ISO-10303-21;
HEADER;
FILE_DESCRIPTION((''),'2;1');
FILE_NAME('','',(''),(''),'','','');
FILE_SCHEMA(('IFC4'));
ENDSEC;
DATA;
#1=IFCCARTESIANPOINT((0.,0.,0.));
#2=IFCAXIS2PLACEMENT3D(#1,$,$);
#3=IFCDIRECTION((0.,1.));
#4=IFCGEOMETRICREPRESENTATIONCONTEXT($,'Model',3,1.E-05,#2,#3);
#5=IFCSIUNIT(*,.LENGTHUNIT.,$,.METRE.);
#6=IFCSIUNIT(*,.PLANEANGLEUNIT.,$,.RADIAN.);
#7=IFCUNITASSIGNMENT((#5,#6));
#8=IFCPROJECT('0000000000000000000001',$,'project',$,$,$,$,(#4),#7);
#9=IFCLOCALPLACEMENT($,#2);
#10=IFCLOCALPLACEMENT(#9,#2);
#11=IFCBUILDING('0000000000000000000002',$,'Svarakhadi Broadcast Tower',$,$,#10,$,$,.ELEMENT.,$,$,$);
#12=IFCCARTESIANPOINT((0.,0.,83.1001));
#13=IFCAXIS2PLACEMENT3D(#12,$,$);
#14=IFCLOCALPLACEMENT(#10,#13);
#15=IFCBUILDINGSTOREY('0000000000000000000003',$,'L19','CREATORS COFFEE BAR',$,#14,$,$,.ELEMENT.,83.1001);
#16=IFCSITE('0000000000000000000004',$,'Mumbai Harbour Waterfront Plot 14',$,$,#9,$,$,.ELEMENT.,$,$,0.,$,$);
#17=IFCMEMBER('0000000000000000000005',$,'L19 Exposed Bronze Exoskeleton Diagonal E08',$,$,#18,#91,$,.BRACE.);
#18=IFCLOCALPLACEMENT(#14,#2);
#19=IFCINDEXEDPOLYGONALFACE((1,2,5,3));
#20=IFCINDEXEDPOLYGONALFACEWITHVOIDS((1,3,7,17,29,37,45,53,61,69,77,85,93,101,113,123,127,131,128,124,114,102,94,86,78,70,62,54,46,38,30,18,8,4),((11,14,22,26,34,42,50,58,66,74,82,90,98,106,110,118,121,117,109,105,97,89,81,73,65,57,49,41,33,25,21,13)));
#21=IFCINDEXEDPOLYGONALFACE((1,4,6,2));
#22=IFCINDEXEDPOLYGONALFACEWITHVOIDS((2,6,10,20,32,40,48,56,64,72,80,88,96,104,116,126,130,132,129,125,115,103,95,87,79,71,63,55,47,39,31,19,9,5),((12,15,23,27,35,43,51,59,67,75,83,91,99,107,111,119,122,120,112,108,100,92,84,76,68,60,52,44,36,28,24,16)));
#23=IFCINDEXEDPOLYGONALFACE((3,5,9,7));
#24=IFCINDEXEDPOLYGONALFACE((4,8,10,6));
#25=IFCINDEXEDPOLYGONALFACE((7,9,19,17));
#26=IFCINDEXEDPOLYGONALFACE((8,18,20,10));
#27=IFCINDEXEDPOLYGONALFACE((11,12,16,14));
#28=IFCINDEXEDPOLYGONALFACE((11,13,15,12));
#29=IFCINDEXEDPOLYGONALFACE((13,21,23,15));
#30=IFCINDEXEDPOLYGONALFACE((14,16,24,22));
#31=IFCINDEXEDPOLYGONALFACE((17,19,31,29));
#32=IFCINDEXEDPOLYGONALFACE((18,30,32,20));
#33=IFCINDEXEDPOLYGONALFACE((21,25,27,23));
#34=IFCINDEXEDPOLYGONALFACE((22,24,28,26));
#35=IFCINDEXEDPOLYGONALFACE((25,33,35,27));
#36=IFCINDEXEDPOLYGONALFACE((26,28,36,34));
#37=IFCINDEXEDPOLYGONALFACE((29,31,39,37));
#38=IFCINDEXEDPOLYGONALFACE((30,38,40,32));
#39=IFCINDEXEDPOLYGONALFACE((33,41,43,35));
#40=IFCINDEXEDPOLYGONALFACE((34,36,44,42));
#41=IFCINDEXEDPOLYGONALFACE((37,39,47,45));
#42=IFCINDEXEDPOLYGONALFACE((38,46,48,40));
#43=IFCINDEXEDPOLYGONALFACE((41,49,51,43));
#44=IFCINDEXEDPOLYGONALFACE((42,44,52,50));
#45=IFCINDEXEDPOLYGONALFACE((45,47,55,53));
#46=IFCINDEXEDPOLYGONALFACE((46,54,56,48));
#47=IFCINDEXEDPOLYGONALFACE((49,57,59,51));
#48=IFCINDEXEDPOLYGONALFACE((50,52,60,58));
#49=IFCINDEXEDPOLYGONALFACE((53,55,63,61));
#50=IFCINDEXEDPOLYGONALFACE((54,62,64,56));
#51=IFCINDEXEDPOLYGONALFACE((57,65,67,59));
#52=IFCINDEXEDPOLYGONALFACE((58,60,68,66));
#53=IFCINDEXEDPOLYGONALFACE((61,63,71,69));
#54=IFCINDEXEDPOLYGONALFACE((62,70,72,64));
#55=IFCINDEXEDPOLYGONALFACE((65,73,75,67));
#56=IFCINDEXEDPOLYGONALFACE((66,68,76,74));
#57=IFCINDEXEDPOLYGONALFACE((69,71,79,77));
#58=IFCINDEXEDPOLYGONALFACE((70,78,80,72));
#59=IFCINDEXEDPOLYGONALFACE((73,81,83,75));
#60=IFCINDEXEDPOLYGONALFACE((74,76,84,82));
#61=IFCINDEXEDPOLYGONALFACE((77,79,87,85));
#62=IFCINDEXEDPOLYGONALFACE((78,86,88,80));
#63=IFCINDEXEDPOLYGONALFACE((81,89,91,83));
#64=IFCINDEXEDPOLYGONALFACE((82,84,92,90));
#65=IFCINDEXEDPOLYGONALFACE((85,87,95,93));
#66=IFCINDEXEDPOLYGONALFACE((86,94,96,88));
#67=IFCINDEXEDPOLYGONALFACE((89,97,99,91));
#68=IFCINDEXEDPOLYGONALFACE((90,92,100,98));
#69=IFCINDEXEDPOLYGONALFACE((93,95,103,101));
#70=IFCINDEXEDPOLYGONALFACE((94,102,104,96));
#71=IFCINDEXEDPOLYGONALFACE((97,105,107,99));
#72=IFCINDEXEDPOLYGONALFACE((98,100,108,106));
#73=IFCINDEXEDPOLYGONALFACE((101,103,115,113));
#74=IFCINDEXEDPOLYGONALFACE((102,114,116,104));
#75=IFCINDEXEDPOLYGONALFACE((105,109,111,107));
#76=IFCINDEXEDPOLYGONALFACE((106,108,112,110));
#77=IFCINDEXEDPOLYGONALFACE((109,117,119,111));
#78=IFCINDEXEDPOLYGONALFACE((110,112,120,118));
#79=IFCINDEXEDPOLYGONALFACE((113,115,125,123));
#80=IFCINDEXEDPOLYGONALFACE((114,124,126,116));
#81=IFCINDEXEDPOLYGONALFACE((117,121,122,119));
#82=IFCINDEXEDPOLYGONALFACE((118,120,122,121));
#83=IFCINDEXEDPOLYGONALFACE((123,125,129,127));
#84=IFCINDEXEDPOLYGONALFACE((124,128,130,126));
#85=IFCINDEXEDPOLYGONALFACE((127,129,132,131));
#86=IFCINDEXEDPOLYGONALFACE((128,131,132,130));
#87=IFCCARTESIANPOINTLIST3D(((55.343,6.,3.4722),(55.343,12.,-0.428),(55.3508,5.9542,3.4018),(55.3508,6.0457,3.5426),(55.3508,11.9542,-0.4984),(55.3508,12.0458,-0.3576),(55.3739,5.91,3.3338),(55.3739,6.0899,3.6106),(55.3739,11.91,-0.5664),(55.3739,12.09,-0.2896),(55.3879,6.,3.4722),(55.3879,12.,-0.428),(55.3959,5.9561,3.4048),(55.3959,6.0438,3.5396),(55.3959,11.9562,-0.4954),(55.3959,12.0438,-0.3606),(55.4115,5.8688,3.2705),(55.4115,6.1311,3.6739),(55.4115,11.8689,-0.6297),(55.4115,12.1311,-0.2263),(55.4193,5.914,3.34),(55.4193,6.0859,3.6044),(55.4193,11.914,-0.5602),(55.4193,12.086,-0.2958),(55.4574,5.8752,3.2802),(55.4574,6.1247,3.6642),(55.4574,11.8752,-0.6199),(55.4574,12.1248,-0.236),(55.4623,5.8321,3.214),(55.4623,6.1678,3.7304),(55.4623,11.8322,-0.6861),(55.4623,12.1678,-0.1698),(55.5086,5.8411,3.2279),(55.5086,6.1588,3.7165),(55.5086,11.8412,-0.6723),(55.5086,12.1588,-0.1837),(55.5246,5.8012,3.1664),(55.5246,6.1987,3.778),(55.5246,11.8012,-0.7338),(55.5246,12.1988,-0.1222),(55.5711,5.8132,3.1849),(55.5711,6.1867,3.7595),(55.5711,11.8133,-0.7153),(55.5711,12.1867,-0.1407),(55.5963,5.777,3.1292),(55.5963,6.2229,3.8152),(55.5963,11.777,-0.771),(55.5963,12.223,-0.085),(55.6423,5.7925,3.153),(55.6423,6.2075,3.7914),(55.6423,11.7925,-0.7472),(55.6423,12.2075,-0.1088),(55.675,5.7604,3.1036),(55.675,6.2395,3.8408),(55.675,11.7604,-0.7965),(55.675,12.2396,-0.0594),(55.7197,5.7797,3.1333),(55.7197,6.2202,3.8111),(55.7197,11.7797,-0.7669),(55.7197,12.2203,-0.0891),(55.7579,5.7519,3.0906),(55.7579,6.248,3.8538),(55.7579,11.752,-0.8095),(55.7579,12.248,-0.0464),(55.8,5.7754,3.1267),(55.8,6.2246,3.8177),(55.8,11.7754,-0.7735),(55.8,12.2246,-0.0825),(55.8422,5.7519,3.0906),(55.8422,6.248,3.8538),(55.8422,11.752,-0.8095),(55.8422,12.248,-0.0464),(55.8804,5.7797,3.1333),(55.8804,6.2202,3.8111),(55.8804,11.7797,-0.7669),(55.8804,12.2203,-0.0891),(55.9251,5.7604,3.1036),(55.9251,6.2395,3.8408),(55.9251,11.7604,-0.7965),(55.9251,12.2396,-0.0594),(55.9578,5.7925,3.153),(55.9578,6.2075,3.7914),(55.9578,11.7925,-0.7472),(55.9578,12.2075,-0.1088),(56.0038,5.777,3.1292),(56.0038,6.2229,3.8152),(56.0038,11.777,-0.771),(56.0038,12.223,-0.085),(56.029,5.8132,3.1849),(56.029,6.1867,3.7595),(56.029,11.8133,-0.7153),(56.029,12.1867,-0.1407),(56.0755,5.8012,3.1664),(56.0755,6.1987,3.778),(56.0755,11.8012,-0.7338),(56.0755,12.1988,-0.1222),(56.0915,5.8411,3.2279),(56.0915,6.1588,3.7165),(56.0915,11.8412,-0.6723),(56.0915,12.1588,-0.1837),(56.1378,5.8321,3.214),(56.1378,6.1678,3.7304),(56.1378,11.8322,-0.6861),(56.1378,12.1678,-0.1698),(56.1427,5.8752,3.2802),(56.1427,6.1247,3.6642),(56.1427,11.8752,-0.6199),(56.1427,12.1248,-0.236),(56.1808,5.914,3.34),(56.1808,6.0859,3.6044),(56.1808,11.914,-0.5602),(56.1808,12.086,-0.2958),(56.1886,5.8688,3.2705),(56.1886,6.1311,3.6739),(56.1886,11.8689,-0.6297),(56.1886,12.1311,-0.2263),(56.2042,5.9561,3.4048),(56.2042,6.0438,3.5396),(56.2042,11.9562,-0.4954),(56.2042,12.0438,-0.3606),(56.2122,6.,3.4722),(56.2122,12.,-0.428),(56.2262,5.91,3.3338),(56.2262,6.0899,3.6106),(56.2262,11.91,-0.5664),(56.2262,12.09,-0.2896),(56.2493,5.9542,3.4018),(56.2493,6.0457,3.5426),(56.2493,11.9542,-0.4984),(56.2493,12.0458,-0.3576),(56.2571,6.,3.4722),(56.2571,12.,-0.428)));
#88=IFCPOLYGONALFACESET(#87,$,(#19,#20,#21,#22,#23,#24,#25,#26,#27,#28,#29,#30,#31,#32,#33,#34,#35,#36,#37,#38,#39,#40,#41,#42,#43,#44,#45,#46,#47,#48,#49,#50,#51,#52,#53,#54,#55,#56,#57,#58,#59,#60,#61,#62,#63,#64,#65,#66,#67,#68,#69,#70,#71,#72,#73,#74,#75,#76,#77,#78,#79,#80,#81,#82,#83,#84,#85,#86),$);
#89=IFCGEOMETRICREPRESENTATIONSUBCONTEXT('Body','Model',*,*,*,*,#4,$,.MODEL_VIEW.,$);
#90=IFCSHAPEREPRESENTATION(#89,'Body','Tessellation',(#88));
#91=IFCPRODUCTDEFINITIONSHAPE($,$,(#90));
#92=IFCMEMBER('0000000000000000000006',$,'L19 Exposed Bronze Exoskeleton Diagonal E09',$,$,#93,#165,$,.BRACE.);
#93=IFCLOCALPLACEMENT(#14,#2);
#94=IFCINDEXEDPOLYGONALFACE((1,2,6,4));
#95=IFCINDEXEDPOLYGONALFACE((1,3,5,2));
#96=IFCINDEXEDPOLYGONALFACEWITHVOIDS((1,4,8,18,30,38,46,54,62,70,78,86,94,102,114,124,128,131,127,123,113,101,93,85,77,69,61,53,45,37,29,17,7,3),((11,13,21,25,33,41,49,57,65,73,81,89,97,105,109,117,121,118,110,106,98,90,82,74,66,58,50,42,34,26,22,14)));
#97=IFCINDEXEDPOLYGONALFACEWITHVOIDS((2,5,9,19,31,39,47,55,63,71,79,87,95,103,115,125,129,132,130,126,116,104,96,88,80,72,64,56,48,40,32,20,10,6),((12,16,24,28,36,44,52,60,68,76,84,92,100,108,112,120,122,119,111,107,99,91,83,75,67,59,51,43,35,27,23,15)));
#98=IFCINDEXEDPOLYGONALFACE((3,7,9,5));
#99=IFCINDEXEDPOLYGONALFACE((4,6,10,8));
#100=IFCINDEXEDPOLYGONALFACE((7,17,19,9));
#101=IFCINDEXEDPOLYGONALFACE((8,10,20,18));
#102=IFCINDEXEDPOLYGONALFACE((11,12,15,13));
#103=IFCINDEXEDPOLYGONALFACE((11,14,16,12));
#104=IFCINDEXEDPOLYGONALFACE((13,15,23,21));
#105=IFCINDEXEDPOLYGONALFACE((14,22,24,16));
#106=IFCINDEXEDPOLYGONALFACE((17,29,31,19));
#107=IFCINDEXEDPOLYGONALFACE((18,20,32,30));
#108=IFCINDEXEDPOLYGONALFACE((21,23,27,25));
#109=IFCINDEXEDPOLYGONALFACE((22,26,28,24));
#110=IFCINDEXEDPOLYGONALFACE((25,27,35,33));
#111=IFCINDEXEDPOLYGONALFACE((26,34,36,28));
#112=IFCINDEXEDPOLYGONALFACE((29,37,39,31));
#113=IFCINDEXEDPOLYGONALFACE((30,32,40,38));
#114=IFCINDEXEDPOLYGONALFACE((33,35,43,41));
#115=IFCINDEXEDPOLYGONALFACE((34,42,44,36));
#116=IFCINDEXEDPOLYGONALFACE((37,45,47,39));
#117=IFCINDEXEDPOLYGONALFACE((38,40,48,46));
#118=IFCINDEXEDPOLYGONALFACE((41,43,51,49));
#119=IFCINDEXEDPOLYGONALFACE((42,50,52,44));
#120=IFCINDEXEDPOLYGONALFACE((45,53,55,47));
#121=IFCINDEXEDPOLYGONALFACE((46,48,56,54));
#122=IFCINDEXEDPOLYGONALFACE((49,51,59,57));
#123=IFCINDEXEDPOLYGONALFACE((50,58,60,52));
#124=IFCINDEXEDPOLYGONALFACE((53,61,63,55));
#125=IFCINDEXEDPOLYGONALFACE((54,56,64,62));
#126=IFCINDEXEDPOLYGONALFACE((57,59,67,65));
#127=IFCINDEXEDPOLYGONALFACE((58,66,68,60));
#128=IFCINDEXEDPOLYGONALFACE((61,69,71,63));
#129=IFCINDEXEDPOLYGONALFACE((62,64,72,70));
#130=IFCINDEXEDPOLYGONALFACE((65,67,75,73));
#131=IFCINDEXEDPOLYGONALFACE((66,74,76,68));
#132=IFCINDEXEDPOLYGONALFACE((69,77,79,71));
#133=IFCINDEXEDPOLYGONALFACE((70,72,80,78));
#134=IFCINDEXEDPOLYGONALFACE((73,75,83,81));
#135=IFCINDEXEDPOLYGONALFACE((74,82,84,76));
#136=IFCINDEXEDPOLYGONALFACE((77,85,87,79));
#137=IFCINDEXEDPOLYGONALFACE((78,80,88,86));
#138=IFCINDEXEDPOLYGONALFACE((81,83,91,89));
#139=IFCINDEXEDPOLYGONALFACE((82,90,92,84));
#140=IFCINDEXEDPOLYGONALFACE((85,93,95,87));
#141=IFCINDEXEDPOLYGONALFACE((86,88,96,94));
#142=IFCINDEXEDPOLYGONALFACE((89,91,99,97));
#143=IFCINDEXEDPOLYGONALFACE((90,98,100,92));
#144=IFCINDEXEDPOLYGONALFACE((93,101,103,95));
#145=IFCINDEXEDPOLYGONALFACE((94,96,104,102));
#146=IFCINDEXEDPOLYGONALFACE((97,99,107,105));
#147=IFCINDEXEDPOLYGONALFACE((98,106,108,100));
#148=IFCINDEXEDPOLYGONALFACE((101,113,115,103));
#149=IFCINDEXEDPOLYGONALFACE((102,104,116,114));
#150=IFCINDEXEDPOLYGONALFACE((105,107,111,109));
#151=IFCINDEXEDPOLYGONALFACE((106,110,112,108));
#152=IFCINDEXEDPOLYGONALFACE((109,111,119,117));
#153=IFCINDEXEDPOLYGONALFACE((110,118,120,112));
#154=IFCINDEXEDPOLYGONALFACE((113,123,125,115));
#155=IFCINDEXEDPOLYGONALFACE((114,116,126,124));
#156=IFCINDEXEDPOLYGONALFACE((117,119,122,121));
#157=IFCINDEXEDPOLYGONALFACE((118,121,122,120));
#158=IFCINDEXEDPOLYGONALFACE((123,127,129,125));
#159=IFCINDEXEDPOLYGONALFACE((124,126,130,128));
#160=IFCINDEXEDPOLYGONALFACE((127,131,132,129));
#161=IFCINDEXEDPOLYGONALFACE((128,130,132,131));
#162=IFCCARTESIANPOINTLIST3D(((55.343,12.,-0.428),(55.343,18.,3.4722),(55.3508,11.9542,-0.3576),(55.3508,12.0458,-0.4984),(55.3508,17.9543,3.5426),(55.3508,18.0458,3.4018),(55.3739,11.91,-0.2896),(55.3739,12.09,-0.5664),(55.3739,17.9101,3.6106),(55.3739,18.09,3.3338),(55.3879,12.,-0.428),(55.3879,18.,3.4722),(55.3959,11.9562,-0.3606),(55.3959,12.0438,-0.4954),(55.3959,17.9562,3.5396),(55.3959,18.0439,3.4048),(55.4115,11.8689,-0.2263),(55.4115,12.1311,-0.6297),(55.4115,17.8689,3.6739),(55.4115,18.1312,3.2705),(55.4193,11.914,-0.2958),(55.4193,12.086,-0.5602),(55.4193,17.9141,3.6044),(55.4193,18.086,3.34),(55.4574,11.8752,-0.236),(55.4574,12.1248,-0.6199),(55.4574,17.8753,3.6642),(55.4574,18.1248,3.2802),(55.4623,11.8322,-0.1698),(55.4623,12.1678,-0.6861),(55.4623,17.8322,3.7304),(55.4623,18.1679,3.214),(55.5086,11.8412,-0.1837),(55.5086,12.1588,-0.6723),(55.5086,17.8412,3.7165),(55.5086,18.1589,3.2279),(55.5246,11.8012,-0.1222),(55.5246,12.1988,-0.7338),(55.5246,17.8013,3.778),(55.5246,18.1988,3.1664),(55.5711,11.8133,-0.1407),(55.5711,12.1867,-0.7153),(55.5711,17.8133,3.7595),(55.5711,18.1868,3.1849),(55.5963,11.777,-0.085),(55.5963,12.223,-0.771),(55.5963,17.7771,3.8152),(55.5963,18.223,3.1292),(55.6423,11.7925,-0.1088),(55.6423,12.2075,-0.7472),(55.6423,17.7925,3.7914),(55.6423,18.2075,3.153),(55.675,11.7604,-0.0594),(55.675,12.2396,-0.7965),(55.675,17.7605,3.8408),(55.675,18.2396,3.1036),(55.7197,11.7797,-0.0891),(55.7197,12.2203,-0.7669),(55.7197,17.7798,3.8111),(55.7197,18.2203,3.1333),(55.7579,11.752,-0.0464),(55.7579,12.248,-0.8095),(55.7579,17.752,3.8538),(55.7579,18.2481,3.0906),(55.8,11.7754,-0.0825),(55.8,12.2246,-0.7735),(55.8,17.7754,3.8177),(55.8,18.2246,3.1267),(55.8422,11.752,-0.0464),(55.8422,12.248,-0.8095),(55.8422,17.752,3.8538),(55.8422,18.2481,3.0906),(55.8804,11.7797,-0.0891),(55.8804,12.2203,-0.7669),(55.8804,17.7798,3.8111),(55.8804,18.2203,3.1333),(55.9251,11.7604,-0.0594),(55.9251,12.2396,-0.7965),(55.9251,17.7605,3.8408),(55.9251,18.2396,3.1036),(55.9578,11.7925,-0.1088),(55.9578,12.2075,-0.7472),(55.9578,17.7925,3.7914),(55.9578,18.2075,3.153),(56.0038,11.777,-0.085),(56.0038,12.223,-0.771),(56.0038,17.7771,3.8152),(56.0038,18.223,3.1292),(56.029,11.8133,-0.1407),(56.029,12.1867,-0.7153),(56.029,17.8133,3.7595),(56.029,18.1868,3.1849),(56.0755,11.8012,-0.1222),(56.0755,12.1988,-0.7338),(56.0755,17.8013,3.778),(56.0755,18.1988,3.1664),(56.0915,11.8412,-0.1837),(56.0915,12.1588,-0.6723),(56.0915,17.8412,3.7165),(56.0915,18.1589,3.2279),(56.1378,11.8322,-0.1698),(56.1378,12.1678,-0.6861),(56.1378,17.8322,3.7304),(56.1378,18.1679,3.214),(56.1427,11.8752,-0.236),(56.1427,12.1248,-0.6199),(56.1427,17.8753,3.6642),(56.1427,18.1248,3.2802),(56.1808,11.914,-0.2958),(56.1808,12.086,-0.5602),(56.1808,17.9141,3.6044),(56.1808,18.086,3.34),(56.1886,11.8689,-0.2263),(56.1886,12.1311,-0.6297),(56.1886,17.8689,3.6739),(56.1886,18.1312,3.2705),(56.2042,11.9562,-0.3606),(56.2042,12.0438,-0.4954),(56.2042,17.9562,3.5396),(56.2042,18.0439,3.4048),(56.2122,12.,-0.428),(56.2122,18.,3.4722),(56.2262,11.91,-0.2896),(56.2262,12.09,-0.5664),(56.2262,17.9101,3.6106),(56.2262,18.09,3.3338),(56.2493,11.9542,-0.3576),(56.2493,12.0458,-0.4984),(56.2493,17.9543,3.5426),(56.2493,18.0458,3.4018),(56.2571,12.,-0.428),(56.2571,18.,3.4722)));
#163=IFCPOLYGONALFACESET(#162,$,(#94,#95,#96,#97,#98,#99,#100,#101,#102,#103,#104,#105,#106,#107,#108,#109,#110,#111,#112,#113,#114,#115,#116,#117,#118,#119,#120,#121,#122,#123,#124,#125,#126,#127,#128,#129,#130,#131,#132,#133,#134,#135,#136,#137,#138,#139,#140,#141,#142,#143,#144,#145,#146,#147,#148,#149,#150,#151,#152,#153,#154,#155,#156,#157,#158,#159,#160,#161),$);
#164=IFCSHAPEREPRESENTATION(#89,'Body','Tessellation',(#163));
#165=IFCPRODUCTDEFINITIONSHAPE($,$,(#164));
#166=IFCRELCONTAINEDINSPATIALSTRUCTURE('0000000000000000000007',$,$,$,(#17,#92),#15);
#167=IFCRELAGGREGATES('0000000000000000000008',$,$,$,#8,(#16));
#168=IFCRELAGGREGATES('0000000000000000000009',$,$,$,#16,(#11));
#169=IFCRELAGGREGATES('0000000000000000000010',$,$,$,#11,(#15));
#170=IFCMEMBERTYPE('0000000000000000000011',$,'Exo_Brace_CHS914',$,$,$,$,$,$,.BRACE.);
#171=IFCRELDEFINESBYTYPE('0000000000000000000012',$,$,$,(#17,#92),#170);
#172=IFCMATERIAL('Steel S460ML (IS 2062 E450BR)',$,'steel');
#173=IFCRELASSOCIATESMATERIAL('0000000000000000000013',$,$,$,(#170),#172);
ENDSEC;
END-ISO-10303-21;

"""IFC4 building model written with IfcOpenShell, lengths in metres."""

from ifc_helpers import new_model, si_unit, direction, frame, origin, origin_2d, place, context, subcontext, project, spatial, hollow_circle, extrude, material, material_profile, profile_set, type_object, element, save


model = new_model("IFC4")

# Units and contexts
model_context = context("Model", 3, precision=1e-05, world=origin(), true_north=direction((0.0, 1.0)))
body_context = subcontext(model_context, "Body", "Model", "MODEL_VIEW")
ifc_project = project(units=[si_unit("LENGTHUNIT", "METRE"), si_unit("PLANEANGLEUNIT", "RADIAN")], contexts=[model_context])

# Site, building, storey
site_placement = place(None, origin())
site = spatial("IfcSite", under=ifc_project, at=site_placement, Name="Mumbai Harbour Waterfront Plot 14", CompositionType="ELEMENT", RefElevation=0.0)
building_placement = place(site_placement, origin())
building = spatial("IfcBuilding", under=site, at=building_placement, Name="Svarakhadi Broadcast Tower", CompositionType="ELEMENT")
storey_placement = place(building_placement, frame((0.0, 0.0, 83.1001)))
storey = spatial("IfcBuildingStorey", under=building, at=storey_placement, Name="L19", Description="CREATORS COFFEE BAR", CompositionType="ELEMENT", Elevation=83.1001)

# Members
ifc_material_1 = material(Name="Steel S460ML (IS 2062 E450BR)", Category="steel")
ifc_material_profile_1 = material_profile(ifc_material_1, hollow_circle(Radius=0.457, WallThickness=0.0449, at=origin_2d()), Name="CHS 914x45")
ifc_profile_set_1 = profile_set([ifc_material_profile_1], Name="Steel S460ML (IS 2062 E450BR)")
member_type_1 = type_object("IfcMemberType", Name="Exo_Brace_CHS914", PredefinedType="BRACE", material=ifc_profile_set_1)
for number, where, z_axis, x_axis, name in (
    (1, (55.8, 12.0, -0.428), (0.0, -0.838434, 0.545003), (1.0, 0.0, 0.0), "L19 Exposed Bronze Exoskeleton Diagonal E08"),
    (2, (55.8, 12.0, -0.428), (0.0, 0.838434, 0.545003), (-1.0, 0.0, 0.0), "L19 Exposed Bronze Exoskeleton Diagonal E09"),
):
    element("IfcMember", number, at=place(storey_placement, frame(where, z_axis=z_axis, x_axis=x_axis)), inside=storey, type_object=member_type_1, Name=name, PredefinedType="BRACE", context=body_context, shape_type="SweptSolid", body=[
        extrude(hollow_circle(Radius=0.457, WallThickness=0.0449, at=origin_2d()), origin(), (0.0, 0.0, 1.0), 7.1562),
    ])

save(model, "model.ifc")
